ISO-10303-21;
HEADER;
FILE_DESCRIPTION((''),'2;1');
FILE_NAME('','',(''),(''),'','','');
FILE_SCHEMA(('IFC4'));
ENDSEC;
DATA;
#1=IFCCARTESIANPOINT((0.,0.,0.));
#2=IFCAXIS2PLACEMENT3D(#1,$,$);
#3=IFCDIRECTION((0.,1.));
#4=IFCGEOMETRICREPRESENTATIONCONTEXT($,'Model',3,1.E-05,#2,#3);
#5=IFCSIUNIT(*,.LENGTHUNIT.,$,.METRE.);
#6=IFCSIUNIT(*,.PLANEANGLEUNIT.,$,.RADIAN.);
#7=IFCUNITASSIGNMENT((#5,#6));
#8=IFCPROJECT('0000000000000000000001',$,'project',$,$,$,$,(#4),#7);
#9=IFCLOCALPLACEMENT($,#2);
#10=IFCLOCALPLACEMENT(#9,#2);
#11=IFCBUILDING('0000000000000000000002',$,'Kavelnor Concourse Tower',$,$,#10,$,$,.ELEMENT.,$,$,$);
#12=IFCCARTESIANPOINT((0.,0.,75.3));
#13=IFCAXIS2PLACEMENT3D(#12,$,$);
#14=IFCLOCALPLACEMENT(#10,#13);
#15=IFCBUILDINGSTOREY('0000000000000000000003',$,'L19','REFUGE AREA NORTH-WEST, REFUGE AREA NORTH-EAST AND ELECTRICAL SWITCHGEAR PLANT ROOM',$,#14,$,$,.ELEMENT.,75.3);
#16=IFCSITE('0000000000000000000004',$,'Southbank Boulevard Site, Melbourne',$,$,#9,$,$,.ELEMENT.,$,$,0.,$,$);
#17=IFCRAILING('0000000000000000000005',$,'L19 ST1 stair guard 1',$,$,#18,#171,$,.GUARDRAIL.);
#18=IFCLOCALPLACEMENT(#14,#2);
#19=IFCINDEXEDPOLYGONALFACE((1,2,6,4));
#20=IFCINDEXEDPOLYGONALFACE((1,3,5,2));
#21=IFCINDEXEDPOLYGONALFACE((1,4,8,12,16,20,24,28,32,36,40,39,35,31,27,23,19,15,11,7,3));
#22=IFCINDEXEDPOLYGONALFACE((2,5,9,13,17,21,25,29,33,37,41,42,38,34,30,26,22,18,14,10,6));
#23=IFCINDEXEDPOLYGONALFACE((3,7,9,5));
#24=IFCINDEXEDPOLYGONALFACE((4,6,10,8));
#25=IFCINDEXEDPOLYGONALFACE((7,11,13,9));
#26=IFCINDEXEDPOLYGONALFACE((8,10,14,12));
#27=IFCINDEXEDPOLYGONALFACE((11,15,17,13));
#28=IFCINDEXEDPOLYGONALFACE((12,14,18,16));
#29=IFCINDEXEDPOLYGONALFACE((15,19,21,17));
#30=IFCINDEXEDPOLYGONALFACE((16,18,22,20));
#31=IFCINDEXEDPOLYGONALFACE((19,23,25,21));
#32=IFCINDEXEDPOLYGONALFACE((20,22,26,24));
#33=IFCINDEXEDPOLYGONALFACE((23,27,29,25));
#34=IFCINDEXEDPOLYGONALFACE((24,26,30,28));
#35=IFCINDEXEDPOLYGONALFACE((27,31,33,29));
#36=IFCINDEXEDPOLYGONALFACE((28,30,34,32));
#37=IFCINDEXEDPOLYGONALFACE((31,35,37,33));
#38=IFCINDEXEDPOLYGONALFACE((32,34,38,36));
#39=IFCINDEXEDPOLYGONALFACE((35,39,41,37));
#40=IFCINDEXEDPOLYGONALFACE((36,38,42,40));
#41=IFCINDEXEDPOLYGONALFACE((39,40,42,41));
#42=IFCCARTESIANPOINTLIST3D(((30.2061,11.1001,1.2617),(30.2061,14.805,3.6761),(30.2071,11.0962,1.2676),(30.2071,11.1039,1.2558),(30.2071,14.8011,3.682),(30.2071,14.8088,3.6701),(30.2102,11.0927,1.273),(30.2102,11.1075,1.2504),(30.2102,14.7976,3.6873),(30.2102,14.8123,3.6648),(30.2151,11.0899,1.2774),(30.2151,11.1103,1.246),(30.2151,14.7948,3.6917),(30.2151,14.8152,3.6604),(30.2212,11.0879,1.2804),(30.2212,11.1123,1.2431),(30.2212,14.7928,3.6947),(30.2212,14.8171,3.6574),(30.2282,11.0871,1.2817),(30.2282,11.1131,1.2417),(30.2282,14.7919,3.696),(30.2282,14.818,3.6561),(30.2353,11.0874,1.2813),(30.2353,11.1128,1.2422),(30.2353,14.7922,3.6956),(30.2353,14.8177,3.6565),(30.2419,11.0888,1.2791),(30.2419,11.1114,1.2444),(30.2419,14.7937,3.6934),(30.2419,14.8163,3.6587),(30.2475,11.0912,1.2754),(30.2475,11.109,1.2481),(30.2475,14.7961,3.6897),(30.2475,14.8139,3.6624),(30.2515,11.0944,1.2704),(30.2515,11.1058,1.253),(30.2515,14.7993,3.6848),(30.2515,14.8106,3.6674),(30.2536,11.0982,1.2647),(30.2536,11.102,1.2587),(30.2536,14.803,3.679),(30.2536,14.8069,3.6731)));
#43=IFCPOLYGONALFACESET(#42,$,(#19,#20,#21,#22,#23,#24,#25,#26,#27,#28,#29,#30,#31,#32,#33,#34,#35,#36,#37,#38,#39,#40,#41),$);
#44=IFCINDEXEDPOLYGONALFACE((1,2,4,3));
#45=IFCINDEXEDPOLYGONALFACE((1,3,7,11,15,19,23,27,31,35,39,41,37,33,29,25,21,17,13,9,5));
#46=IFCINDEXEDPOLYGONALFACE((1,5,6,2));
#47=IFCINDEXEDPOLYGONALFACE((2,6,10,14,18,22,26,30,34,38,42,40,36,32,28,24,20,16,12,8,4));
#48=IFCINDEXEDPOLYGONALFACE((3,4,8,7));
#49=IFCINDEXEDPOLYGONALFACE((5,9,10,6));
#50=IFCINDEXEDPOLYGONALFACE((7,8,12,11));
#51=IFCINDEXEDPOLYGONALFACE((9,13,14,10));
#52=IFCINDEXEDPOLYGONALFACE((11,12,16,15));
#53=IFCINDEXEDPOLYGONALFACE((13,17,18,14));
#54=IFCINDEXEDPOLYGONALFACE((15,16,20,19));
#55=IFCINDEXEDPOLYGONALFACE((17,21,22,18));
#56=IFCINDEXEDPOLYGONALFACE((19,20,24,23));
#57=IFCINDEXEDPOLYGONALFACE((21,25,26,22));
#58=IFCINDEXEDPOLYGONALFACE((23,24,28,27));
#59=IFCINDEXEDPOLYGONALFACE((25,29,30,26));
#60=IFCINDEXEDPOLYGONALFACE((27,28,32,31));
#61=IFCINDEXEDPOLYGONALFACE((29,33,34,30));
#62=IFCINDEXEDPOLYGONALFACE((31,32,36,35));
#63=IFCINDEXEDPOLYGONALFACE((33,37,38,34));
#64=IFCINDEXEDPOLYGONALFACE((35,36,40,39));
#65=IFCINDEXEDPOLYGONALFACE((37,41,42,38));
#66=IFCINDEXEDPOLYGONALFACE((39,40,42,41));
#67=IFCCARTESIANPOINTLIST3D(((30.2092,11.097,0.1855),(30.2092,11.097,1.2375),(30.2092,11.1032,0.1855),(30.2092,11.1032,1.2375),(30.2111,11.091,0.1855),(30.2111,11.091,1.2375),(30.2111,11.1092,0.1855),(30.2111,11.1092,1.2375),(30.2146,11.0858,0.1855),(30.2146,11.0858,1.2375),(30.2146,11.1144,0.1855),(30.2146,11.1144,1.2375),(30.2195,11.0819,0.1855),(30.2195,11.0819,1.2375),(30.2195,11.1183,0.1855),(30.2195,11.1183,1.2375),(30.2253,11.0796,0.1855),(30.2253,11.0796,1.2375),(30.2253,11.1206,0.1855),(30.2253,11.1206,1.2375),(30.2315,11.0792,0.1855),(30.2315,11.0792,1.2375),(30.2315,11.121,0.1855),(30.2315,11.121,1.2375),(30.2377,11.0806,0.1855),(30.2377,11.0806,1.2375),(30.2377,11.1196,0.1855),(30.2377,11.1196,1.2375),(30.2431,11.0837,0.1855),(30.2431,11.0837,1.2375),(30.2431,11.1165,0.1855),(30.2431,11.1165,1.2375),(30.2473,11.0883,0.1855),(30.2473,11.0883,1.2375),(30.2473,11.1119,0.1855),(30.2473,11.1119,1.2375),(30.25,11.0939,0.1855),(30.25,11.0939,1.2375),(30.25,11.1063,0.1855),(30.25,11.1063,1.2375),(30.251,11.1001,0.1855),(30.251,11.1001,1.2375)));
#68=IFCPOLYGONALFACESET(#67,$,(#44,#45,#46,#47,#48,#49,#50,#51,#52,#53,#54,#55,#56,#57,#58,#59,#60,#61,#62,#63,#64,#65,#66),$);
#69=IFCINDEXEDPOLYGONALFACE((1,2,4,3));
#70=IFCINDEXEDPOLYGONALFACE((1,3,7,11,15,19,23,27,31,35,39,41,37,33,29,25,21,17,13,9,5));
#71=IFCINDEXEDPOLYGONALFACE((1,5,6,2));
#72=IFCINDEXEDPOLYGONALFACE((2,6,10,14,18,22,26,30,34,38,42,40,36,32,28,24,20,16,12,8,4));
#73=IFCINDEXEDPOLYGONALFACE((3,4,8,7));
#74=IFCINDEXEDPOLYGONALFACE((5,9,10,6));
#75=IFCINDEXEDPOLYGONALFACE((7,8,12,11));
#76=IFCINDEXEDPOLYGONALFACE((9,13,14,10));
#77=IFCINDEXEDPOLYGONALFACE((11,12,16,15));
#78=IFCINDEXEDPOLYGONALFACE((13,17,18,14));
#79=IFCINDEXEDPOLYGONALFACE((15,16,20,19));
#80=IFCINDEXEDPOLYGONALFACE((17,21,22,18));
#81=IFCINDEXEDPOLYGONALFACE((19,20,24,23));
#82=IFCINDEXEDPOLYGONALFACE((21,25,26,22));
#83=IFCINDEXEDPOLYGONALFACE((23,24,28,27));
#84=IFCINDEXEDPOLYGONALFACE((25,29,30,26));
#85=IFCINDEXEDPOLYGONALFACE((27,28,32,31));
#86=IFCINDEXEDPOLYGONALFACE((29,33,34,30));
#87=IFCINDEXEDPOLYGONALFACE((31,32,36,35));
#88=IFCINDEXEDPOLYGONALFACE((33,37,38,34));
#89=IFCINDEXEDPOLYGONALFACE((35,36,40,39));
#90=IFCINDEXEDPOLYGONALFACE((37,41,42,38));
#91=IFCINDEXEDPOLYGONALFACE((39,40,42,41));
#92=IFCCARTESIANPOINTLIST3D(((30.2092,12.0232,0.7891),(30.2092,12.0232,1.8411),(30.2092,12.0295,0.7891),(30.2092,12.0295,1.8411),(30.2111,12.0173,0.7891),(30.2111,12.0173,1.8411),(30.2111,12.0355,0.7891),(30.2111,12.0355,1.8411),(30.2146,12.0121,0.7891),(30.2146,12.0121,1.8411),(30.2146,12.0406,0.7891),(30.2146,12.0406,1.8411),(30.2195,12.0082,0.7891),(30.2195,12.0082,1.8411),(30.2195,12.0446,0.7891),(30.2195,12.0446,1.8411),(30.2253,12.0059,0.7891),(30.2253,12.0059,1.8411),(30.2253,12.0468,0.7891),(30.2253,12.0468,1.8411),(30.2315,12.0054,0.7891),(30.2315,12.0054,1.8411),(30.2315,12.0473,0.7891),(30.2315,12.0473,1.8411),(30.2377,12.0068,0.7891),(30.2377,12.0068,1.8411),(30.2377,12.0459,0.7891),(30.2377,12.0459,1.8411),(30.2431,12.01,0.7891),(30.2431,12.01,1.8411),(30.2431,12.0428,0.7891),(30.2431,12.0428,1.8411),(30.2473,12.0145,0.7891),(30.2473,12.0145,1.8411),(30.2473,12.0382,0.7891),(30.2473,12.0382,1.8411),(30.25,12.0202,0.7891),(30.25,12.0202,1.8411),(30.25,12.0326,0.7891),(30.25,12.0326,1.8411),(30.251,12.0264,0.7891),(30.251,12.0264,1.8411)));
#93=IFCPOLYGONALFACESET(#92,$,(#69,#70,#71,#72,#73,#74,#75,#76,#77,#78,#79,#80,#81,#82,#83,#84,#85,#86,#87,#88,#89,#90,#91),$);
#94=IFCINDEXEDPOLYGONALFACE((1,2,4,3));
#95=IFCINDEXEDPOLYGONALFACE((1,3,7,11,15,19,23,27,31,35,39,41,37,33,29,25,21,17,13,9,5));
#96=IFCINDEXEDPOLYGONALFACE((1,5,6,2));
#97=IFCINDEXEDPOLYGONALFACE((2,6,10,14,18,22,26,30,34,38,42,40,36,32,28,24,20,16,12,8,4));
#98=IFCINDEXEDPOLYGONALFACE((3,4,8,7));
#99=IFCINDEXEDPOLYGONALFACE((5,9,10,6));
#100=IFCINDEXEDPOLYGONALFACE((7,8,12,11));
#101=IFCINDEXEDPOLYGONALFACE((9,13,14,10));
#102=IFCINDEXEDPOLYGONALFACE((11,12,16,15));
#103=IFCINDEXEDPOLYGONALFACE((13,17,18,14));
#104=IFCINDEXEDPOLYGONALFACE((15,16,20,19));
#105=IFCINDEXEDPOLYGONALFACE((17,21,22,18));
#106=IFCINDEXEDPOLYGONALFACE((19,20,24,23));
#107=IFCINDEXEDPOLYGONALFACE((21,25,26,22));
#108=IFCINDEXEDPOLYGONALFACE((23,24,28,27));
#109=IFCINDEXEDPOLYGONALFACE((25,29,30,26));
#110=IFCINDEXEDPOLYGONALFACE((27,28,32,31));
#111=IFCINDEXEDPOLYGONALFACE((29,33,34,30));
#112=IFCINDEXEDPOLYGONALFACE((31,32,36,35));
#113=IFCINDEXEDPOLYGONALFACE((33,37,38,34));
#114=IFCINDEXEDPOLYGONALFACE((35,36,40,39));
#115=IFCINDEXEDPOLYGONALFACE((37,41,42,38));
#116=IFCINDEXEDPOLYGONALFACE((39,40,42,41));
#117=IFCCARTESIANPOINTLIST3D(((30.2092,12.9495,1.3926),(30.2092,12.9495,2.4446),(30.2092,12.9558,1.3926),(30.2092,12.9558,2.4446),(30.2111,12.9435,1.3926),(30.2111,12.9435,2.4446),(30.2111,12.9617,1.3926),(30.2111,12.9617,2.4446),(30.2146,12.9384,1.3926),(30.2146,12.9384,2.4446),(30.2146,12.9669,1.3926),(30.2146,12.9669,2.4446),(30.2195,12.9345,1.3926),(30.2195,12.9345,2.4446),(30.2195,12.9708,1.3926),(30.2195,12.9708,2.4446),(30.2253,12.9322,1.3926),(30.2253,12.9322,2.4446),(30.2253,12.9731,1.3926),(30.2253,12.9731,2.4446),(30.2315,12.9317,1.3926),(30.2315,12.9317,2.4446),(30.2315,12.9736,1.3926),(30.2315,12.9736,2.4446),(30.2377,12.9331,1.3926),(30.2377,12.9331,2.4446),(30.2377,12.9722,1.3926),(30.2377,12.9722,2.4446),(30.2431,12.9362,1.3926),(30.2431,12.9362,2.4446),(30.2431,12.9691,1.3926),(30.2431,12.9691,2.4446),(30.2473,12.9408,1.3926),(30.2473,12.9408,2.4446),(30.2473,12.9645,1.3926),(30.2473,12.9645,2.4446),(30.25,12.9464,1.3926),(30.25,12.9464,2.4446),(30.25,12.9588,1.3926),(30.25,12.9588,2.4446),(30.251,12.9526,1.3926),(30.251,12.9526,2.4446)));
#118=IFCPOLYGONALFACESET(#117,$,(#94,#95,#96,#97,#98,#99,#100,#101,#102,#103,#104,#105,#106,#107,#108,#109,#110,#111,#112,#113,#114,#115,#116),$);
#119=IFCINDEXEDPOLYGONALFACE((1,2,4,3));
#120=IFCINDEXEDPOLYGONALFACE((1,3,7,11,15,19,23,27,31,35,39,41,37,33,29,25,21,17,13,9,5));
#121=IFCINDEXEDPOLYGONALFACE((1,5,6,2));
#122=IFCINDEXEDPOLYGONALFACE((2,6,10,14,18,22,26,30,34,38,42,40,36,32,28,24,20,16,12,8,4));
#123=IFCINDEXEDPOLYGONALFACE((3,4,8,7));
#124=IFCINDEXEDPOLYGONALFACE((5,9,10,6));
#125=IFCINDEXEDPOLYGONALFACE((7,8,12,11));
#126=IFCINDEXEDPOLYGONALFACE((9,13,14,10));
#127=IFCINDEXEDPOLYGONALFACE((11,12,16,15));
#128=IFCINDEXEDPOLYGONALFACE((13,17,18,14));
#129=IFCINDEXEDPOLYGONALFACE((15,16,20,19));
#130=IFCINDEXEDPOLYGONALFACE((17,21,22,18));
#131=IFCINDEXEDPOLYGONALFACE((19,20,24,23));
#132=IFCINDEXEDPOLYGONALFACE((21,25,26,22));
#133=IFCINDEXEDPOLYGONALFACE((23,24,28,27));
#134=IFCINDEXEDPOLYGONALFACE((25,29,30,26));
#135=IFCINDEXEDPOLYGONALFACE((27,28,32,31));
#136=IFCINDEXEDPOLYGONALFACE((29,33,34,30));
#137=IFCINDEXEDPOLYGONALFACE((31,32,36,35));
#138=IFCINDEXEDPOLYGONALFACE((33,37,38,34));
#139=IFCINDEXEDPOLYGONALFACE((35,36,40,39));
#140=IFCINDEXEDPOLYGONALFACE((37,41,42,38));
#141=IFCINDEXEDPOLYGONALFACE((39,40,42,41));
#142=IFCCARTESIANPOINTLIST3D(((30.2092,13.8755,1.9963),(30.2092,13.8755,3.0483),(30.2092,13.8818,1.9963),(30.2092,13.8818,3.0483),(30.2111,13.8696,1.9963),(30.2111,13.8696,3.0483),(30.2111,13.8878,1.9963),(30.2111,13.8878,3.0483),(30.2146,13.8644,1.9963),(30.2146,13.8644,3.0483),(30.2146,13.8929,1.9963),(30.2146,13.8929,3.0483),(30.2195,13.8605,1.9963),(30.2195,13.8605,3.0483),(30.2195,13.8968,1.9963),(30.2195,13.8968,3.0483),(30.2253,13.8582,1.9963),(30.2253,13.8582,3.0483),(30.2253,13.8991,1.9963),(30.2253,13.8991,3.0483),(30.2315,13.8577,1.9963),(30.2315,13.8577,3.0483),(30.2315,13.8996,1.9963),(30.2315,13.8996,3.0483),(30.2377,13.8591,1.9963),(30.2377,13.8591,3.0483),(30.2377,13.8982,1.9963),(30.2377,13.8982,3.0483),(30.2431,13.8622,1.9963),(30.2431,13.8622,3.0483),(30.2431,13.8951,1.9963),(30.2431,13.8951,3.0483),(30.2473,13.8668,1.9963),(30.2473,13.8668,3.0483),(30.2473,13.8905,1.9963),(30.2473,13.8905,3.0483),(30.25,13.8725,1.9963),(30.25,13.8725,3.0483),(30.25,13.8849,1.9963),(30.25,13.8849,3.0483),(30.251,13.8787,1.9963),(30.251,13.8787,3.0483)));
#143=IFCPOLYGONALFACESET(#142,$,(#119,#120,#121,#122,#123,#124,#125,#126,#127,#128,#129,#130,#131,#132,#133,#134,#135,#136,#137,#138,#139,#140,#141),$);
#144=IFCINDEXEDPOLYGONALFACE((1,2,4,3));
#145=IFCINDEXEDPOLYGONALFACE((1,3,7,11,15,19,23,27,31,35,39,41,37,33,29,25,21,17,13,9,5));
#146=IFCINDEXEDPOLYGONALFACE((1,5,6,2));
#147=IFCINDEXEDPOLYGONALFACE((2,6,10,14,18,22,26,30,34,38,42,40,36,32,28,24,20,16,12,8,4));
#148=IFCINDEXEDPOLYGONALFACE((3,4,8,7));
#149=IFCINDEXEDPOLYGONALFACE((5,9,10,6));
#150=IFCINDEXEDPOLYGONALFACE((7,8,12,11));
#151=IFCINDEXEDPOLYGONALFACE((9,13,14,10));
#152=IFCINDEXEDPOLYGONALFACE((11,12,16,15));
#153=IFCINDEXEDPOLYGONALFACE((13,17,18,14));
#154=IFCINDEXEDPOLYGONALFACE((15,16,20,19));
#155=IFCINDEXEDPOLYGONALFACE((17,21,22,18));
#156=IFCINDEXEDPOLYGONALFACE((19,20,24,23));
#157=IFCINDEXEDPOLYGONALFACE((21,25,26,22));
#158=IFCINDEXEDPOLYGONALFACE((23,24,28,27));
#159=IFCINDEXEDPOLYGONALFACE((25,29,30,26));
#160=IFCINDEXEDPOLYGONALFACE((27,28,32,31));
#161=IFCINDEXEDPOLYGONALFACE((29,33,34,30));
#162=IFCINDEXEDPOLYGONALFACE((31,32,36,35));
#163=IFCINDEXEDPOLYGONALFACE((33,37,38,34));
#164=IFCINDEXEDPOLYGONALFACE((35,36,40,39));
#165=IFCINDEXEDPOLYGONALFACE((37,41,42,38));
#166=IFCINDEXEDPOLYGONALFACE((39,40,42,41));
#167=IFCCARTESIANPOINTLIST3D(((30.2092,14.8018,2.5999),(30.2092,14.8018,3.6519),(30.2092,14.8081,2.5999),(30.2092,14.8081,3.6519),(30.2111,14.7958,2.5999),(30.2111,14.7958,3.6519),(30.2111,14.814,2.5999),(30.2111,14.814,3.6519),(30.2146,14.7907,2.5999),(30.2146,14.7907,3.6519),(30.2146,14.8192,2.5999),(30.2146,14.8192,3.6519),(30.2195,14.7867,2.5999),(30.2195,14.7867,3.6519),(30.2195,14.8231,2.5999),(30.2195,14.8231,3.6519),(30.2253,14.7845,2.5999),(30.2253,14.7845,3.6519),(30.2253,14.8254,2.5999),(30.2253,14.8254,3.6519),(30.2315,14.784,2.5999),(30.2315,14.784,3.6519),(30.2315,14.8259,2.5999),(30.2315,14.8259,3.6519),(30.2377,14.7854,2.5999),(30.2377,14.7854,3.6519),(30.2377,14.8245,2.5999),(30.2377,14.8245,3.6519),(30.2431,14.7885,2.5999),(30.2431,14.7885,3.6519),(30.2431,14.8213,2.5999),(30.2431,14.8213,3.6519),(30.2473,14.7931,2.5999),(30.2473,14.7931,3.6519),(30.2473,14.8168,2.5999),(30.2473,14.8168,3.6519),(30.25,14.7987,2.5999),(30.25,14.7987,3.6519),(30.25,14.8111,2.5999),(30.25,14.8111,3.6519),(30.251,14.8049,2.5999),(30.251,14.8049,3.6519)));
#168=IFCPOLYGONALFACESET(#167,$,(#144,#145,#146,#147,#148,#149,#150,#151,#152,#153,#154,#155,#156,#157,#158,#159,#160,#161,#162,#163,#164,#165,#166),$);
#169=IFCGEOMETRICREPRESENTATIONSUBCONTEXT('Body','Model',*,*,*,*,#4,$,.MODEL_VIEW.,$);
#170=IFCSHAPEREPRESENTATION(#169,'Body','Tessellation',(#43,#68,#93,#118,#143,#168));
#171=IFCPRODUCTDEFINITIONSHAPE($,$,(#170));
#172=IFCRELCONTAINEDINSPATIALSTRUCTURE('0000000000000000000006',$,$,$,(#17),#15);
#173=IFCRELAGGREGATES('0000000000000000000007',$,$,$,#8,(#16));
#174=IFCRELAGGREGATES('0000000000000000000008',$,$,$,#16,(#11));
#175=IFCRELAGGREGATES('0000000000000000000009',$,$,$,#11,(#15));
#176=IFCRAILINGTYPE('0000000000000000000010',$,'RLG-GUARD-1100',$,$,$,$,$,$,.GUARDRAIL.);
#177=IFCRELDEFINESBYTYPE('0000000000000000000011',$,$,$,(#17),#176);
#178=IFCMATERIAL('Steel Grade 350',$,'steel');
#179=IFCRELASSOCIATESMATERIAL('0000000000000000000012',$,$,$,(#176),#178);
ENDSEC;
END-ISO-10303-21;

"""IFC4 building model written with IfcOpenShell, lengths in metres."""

from ifc_helpers import new_model, si_unit, direction, frame, origin, origin_2d, place, context, subcontext, project, spatial, circle, extrude, material, type_object, element, save


model = new_model("IFC4")

# Units and contexts
model_context = context("Model", 3, precision=1e-05, world=origin(), true_north=direction((0.0, 1.0)))
body_context = subcontext(model_context, "Body", "Model", "MODEL_VIEW")
ifc_project = project(units=[si_unit("LENGTHUNIT", "METRE"), si_unit("PLANEANGLEUNIT", "RADIAN")], contexts=[model_context])

# Site, building, storey
site_placement = place(None, origin())
site = spatial("IfcSite", under=ifc_project, at=site_placement, Name="Southbank Boulevard Site, Melbourne", CompositionType="ELEMENT", RefElevation=0.0)
building_placement = place(site_placement, origin())
building = spatial("IfcBuilding", under=site, at=building_placement, Name="Kavelnor Concourse Tower", CompositionType="ELEMENT")
storey_placement = place(building_placement, frame((0.0, 0.0, 75.3)))
storey = spatial("IfcBuildingStorey", under=building, at=storey_placement, Name="L19", Description="REFUGE AREA NORTH-WEST, REFUGE AREA NORTH-EAST AND ELECTRICAL SWITCHGEAR PLANT ROOM", CompositionType="ELEMENT", Elevation=75.3)

# Shared definitions
ifc_material_1 = material(Name="Steel Grade 350", Category="steel")

# Railing
railing_type_1 = type_object("IfcRailingType", Name="RLG-GUARD-1100", PredefinedType="GUARDRAIL", material=ifc_material_1)
railing_1_placement = place(storey_placement, frame((30.23, 11.1001, 0.1855)))
element("IfcRailing", 1, at=railing_1_placement, inside=storey, type_object=railing_type_1, Name="L19 ST1 stair guard 1", PredefinedType="GUARDRAIL", context=body_context, shape_type="SweptSolid", body=[
    extrude(circle(Radius=0.0239, at=origin_2d()), frame((0.0, 0.0, 1.0762), z_axis=(0.0, 0.837806, 0.545968), x_axis=(-1.0, 0.0, 0.0)), (0.0, 0.0, 1.0), 4.4221),
    extrude(circle(Radius=0.021, at=origin_2d()), origin(), (0.0, 0.0, 1.0), 1.052),
    extrude(circle(Radius=0.021, at=origin_2d()), frame((0.0, 0.9263, 0.6035)), (0.0, 0.0, 1.0), 1.052),
    extrude(circle(Radius=0.021, at=origin_2d()), frame((0.0, 1.8525, 1.207)), (0.0, 0.0, 1.0), 1.052),
    extrude(circle(Radius=0.021, at=origin_2d()), frame((0.0, 2.7786, 1.8108)), (0.0, 0.0, 1.0), 1.052),
    extrude(circle(Radius=0.021, at=origin_2d()), frame((0.0, 3.7048, 2.4143)), (0.0, 0.0, 1.0), 1.052),
])

save(model, "model.ifc")
